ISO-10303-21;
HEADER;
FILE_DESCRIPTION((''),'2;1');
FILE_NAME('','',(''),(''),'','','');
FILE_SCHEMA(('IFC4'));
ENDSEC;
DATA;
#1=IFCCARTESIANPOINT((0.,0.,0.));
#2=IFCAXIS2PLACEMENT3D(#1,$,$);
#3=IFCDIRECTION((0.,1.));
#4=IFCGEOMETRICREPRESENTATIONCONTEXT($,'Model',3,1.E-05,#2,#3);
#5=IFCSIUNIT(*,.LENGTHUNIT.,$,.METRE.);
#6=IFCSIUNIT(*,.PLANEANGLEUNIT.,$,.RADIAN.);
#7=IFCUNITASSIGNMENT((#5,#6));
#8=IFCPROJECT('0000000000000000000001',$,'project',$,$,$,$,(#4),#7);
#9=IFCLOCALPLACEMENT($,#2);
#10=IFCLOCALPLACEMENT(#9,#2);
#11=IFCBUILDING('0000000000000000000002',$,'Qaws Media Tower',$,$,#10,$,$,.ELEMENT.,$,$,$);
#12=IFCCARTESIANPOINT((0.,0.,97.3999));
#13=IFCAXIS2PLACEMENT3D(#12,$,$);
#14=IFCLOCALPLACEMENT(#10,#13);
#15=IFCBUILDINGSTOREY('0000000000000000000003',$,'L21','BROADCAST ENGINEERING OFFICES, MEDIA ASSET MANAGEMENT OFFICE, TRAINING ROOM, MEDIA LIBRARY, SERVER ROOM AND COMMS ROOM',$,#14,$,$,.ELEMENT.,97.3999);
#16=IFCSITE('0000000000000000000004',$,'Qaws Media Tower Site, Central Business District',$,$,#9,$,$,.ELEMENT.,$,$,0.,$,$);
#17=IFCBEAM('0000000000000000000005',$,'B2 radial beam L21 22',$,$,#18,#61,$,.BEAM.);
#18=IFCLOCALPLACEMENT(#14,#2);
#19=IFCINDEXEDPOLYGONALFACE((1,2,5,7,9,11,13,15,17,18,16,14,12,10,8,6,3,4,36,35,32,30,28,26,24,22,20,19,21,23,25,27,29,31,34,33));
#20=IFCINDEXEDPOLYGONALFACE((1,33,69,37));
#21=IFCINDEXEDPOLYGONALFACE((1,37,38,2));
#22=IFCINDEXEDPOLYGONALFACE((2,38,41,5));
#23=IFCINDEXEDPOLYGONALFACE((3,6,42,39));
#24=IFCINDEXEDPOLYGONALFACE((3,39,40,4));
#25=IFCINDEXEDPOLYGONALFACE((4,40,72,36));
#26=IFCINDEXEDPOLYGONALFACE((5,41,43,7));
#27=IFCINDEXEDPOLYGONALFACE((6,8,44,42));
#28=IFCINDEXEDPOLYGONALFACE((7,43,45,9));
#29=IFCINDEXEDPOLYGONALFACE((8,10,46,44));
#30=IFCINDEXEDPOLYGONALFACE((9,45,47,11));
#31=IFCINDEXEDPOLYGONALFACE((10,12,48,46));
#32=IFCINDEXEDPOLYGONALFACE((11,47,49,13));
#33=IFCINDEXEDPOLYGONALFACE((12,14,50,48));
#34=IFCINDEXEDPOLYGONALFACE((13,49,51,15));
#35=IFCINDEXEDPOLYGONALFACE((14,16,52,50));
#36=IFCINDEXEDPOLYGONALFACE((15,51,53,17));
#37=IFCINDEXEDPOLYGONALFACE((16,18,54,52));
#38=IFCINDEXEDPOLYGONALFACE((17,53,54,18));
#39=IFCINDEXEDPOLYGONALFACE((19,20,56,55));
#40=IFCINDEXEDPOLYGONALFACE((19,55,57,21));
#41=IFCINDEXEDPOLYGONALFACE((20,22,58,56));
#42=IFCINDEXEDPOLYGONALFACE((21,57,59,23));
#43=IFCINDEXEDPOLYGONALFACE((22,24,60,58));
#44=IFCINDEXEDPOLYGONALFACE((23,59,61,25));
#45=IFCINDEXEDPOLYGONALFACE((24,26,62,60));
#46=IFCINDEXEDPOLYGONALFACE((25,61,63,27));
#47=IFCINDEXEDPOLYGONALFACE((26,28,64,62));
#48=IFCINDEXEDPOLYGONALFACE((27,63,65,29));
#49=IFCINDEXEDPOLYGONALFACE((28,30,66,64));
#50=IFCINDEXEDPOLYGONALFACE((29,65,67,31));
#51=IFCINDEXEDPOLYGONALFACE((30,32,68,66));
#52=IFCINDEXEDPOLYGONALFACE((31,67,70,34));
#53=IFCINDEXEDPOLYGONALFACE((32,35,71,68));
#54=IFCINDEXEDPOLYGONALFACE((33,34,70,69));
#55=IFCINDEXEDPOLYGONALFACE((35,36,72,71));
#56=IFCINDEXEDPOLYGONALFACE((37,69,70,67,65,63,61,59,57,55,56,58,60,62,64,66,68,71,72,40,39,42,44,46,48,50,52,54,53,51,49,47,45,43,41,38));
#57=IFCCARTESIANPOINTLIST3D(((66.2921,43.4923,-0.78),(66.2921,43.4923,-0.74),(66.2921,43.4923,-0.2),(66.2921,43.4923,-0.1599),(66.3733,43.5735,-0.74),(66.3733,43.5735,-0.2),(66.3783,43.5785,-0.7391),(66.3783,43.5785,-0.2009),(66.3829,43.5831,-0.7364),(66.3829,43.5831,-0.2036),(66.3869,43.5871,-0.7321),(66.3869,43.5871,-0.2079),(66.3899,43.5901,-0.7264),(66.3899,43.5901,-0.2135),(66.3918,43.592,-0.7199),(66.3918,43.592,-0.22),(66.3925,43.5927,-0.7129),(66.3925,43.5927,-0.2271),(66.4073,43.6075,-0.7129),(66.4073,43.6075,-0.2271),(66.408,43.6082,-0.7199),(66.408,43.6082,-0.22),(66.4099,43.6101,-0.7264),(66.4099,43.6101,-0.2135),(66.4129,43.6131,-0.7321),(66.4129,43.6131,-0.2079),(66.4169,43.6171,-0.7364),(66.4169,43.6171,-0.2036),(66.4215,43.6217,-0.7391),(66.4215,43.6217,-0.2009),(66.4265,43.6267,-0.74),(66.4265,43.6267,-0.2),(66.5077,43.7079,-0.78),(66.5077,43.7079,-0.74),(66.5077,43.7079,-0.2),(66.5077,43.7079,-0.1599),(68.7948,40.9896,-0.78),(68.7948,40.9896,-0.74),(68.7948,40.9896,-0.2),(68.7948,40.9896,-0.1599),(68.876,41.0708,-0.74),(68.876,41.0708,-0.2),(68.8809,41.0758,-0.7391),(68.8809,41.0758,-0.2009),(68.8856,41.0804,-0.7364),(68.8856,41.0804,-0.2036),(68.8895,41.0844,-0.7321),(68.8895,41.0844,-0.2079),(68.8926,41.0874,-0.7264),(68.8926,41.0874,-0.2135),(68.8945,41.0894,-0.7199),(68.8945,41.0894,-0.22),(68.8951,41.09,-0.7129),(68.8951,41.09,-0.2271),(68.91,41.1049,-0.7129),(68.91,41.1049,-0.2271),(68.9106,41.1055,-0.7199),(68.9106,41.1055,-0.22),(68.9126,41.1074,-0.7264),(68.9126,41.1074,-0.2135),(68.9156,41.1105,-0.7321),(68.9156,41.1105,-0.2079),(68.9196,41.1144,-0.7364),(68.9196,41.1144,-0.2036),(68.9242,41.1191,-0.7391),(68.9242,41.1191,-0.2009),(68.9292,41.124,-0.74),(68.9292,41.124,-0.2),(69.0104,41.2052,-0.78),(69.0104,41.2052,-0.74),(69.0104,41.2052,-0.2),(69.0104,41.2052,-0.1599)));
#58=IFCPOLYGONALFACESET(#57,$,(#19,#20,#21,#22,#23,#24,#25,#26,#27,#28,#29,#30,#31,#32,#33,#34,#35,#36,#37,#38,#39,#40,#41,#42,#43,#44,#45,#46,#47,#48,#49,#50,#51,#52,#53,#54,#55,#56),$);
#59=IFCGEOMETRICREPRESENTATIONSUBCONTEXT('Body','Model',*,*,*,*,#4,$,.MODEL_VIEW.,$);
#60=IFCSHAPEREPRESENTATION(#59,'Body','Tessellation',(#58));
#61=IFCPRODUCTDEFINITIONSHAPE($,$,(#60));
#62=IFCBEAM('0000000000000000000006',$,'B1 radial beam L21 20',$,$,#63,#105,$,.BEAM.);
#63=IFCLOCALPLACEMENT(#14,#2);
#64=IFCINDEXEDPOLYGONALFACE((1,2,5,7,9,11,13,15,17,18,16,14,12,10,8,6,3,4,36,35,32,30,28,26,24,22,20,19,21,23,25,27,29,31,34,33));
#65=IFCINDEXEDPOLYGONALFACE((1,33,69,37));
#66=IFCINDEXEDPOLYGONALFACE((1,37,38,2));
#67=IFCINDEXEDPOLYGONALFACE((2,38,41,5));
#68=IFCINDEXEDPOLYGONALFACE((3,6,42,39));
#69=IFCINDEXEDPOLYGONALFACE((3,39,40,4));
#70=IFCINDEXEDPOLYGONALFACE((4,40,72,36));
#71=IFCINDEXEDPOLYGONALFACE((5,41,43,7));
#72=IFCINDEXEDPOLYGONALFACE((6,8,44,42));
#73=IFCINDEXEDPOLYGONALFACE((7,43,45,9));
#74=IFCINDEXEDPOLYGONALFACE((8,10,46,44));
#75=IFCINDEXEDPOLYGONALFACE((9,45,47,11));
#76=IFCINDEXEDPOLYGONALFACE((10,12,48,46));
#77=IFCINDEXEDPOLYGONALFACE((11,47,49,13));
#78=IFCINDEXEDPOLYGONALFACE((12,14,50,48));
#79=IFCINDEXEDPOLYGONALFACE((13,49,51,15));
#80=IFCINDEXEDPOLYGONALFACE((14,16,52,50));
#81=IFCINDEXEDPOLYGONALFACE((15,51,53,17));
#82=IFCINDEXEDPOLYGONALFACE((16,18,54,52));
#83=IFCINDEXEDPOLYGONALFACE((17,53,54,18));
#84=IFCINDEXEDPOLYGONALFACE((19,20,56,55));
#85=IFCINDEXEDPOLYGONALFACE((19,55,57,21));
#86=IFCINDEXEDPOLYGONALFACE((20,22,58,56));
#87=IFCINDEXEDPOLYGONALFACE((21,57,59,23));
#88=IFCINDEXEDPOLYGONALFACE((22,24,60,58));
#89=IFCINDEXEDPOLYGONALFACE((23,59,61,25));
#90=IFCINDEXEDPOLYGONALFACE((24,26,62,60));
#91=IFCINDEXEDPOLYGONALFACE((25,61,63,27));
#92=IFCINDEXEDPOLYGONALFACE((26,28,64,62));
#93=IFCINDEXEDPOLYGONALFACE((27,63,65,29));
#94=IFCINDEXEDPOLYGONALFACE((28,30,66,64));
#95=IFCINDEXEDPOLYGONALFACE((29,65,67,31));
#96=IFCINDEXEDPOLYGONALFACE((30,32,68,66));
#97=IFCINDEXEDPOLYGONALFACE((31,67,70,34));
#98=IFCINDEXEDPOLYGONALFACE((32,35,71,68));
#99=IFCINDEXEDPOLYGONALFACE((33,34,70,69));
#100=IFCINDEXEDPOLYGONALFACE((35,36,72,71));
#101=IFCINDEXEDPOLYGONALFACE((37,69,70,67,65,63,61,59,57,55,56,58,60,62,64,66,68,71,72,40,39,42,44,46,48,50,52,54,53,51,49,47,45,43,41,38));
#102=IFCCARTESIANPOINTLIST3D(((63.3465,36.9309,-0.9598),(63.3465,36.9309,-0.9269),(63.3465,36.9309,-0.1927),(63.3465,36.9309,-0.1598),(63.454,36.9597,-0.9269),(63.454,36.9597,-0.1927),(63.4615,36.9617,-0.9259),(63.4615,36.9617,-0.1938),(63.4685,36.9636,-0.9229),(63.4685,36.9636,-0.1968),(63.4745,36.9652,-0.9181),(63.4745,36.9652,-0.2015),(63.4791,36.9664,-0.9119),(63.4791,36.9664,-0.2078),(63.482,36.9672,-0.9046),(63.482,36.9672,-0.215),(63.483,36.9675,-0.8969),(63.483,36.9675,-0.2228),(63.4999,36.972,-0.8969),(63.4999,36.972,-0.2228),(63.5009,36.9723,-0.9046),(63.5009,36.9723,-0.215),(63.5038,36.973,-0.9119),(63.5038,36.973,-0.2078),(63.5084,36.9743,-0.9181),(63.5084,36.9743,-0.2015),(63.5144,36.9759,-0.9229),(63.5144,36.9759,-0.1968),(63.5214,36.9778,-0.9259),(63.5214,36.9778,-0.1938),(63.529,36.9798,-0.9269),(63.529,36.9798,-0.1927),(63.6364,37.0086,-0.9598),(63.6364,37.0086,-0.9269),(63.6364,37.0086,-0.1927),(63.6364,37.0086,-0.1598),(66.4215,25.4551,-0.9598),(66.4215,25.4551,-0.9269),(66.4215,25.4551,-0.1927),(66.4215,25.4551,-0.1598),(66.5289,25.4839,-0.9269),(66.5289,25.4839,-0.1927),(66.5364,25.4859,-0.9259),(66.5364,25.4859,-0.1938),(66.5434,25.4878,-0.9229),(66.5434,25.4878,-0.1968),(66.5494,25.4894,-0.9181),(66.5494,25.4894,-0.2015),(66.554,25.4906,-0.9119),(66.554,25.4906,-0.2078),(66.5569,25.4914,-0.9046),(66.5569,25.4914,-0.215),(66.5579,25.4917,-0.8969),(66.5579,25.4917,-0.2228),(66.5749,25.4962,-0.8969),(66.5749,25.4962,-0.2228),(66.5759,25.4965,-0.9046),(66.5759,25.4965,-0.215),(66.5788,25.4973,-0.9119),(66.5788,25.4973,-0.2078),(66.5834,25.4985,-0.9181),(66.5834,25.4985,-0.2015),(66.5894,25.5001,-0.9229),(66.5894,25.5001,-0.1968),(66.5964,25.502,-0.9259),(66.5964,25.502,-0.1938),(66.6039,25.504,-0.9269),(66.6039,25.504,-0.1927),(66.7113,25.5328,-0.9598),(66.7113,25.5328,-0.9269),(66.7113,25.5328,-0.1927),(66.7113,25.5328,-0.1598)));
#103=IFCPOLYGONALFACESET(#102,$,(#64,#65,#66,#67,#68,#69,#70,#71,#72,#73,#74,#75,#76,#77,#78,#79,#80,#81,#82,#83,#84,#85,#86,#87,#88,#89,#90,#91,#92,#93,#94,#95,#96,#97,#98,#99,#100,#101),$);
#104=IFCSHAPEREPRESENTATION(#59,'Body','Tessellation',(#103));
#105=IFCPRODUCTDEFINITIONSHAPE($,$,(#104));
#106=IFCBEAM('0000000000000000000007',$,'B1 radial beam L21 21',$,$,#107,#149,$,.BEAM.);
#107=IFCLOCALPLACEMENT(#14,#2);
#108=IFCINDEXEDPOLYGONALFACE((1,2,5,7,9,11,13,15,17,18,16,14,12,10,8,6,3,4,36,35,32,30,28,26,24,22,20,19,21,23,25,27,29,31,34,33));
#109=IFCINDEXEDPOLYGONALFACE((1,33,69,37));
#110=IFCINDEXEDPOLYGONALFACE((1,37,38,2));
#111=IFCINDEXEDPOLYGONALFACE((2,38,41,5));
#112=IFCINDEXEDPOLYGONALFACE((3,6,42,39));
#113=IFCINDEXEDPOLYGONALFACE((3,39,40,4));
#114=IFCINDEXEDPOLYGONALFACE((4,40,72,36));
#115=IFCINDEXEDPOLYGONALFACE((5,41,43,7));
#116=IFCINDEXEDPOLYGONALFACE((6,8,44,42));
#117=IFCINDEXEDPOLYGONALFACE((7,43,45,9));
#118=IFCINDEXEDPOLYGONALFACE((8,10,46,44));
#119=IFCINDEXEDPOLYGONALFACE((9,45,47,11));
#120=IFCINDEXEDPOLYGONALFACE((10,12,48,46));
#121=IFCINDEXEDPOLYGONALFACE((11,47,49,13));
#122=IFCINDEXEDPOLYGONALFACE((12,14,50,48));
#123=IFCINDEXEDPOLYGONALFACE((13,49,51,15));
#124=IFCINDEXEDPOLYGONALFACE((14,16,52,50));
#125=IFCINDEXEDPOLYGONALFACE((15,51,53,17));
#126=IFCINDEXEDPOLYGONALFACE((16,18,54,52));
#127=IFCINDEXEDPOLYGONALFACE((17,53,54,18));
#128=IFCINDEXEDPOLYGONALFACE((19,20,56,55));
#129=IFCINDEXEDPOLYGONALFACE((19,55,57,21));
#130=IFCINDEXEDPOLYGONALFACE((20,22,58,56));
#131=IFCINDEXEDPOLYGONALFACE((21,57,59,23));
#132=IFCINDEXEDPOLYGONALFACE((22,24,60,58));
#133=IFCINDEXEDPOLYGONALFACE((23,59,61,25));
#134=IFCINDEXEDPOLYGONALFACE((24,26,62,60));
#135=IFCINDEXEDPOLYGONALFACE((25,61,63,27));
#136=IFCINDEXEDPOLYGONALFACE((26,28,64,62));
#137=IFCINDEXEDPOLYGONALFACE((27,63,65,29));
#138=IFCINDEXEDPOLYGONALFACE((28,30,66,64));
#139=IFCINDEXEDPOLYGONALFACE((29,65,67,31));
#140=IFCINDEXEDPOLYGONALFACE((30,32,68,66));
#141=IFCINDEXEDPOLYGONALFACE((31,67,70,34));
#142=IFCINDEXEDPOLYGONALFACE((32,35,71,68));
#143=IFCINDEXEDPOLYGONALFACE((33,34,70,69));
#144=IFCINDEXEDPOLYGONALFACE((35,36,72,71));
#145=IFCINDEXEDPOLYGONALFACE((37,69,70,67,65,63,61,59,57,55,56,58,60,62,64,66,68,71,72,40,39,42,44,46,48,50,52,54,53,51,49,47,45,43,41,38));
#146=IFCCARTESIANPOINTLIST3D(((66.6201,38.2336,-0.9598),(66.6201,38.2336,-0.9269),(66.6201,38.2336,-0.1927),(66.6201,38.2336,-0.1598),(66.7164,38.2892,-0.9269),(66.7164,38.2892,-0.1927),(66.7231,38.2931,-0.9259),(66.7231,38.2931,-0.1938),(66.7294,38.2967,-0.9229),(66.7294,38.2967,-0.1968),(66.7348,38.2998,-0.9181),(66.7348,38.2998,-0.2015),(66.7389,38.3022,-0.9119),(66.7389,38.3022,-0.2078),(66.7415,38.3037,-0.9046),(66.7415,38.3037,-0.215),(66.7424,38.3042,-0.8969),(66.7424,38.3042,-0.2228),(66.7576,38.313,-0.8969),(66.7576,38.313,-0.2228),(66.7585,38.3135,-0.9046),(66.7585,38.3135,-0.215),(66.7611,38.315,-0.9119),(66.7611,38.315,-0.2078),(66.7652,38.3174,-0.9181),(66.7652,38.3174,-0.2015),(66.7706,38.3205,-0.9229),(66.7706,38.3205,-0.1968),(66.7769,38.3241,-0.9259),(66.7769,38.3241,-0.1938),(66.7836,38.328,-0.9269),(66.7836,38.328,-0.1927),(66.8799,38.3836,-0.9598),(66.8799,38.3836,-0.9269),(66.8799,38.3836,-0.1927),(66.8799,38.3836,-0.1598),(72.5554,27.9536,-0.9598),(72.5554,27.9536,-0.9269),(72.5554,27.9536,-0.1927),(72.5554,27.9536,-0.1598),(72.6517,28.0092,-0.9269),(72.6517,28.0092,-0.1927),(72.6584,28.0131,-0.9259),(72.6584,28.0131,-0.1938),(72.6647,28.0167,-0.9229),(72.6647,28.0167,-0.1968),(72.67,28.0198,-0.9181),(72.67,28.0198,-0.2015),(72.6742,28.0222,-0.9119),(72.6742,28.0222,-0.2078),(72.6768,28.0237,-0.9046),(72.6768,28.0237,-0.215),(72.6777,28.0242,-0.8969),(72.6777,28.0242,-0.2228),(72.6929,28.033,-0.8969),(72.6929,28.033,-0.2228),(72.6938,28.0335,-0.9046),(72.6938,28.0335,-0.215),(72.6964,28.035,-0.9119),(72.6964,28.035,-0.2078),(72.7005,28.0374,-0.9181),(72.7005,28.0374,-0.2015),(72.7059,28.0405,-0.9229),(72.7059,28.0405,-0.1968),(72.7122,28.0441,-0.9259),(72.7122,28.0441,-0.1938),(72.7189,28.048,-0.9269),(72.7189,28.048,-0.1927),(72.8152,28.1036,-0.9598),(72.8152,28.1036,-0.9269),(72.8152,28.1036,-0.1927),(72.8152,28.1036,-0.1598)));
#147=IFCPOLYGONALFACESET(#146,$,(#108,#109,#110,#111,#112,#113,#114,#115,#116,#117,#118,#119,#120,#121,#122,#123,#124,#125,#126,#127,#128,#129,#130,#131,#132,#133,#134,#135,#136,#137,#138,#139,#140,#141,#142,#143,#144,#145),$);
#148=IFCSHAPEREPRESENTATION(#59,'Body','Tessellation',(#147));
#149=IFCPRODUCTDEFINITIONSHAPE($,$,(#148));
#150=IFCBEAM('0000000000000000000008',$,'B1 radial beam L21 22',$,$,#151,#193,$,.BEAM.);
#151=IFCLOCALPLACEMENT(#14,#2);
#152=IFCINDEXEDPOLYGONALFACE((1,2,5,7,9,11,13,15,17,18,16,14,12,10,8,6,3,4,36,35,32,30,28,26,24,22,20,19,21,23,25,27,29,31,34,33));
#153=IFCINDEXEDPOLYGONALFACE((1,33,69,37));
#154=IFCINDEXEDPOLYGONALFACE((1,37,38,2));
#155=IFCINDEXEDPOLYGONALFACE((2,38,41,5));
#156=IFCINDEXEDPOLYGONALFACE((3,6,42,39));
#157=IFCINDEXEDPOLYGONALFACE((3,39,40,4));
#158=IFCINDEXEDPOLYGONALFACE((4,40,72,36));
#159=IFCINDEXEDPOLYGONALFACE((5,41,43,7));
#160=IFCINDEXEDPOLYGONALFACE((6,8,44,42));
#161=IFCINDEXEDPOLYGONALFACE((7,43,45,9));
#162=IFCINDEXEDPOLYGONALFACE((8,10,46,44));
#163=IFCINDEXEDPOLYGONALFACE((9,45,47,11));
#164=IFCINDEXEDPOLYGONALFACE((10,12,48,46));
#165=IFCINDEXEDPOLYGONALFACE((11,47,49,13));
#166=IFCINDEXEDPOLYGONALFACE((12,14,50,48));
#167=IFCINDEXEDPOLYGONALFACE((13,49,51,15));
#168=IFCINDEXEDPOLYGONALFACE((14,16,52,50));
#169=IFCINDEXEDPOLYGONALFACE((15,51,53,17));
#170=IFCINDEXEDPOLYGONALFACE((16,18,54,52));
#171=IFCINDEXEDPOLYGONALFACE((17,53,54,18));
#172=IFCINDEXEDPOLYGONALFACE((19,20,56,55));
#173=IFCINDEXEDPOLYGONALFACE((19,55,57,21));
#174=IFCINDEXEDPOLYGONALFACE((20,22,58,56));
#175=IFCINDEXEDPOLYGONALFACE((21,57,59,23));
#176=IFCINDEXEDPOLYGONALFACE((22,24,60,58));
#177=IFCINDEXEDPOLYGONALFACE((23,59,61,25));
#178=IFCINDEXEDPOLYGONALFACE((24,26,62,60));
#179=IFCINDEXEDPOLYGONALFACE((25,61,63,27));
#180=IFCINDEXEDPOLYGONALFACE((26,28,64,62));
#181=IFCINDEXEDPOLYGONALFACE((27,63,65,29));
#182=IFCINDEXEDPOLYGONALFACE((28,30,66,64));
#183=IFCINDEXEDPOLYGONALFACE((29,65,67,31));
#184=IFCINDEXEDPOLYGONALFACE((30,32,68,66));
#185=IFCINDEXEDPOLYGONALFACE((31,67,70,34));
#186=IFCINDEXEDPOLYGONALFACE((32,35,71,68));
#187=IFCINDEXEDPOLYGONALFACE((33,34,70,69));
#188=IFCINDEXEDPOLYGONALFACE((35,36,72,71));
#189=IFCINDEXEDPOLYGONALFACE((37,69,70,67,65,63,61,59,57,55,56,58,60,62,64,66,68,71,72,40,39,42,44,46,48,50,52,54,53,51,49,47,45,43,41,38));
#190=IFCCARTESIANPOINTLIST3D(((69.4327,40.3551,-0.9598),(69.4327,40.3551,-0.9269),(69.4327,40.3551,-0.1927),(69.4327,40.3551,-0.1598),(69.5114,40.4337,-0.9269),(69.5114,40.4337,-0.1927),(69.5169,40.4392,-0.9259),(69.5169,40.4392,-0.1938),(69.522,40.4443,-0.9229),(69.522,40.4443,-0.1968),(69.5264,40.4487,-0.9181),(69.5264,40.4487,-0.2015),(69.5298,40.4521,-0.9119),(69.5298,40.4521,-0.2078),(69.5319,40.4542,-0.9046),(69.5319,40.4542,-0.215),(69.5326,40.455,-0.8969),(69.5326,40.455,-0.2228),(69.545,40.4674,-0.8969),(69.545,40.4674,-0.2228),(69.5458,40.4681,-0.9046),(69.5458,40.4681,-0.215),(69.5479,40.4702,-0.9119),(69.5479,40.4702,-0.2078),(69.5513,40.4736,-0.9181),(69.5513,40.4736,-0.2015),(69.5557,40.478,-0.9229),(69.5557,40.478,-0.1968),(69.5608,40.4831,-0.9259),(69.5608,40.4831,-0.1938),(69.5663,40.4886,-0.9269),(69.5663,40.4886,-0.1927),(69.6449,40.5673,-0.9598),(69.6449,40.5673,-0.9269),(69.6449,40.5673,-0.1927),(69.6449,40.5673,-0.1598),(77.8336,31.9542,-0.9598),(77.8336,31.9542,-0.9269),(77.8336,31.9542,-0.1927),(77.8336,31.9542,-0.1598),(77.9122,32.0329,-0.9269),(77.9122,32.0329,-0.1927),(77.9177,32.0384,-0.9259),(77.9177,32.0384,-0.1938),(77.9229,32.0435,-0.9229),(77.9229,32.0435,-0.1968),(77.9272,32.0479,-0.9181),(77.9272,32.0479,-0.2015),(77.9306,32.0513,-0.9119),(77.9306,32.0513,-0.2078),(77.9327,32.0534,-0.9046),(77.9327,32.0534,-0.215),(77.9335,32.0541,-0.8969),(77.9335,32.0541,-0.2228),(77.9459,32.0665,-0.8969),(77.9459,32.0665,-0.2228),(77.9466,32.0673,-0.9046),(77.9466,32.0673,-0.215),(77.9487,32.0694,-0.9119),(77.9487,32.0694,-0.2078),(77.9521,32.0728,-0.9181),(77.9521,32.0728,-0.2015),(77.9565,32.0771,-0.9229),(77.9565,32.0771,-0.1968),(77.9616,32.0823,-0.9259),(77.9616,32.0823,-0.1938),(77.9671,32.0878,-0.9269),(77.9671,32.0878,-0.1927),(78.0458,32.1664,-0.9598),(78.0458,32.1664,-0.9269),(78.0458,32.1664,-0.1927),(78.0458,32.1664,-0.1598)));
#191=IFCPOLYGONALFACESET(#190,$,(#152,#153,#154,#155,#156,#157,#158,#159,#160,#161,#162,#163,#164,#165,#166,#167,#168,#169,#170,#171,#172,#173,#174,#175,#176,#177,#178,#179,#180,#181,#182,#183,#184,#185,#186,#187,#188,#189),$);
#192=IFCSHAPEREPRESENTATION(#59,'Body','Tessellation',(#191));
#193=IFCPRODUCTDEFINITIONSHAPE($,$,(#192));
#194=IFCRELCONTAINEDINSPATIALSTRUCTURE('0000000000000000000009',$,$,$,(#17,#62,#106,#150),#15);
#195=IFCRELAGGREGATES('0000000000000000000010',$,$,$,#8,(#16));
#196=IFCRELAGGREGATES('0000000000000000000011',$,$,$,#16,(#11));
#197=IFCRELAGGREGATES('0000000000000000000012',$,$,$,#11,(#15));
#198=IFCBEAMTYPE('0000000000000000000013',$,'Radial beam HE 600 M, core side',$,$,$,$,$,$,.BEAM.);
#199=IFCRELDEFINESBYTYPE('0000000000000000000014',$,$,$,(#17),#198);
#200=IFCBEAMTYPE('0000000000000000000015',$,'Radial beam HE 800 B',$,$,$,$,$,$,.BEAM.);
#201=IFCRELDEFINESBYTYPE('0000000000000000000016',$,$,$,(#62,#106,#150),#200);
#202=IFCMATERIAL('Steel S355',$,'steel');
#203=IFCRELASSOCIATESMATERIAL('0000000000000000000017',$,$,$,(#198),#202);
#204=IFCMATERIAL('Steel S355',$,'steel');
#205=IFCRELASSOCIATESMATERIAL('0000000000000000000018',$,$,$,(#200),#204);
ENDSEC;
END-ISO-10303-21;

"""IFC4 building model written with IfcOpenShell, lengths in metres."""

from ifc_helpers import new_model, si_unit, direction, frame, origin, origin_2d, place, context, subcontext, project, spatial, i_section, extrude, material, material_profile, profile_set, type_object, element, save


model = new_model("IFC4")

# Units and contexts
model_context = context("Model", 3, precision=1e-05, world=origin(), true_north=direction((0.0, 1.0)))
body_context = subcontext(model_context, "Body", "Model", "MODEL_VIEW")
ifc_project = project(units=[si_unit("LENGTHUNIT", "METRE"), si_unit("PLANEANGLEUNIT", "RADIAN")], contexts=[model_context])

# Site, building, storey
site_placement = place(None, origin())
site = spatial("IfcSite", under=ifc_project, at=site_placement, Name="Qaws Media Tower Site, Central Business District", CompositionType="ELEMENT", RefElevation=0.0)
building_placement = place(site_placement, origin())
building = spatial("IfcBuilding", under=site, at=building_placement, Name="Qaws Media Tower", CompositionType="ELEMENT")
storey_placement = place(building_placement, frame((0.0, 0.0, 97.3999)))
storey = spatial("IfcBuildingStorey", under=building, at=storey_placement, Name="L21", Description="BROADCAST ENGINEERING OFFICES, MEDIA ASSET MANAGEMENT OFFICE, TRAINING ROOM, MEDIA LIBRARY, SERVER ROOM AND COMMS ROOM", CompositionType="ELEMENT", Elevation=97.3999)

# Beams
ifc_material_1 = material(Name="Steel S355", Category="steel")
ifc_material_profile_1 = material_profile(ifc_material_1, i_section(OverallWidth=0.3049, OverallDepth=0.6201, WebThickness=0.021, FlangeThickness=0.04, FilletRadius=0.0271, at=origin_2d()), Name="HE 600 M")
ifc_profile_set_1 = profile_set([ifc_material_profile_1], Name="Steel S355")
beam_type_1 = type_object("IfcBeamType", Name="Radial beam HE 600 M, core side", PredefinedType="BEAM", material=ifc_profile_set_1)
beam_1_placement = place(storey_placement, frame((66.3999, 43.6001, -0.47), z_axis=(0.707107, -0.707107, 0.0), x_axis=(0.707107, 0.707107, 0.0)))
element("IfcBeam", 1, at=beam_1_placement, inside=storey, type_object=beam_type_1, Name="B2 radial beam L21 22", PredefinedType="BEAM", context=body_context, shape_type="SweptSolid", body=[
    extrude(i_section(OverallWidth=0.3049, OverallDepth=0.6201, WebThickness=0.021, FlangeThickness=0.04, FilletRadius=0.0271, at=origin_2d()), origin(), (0.0, 0.0, 1.0), 3.5393),
])
ifc_material_2 = material(Name="Steel S355", Category="steel")
ifc_material_profile_2 = material_profile(ifc_material_2, i_section(OverallWidth=0.3, OverallDepth=0.8, WebThickness=0.0176, FlangeThickness=0.033, FilletRadius=0.03, at=origin_2d()), Name="HE 800 B")
ifc_profile_set_2 = profile_set([ifc_material_profile_2], Name="Steel S355")
beam_type_2 = type_object("IfcBeamType", Name="Radial beam HE 800 B", PredefinedType="BEAM", material=ifc_profile_set_2)
beam_2_placement = place(storey_placement, frame((63.4915, 36.9697, -0.5598), z_axis=(0.25882, -0.965926, 0.0), x_axis=(0.965926, 0.25882, 0.0)))
element("IfcBeam", 2, at=beam_2_placement, inside=storey, type_object=beam_type_2, Name="B1 radial beam L21 20", PredefinedType="BEAM", context=body_context, shape_type="SweptSolid", body=[
    extrude(i_section(OverallWidth=0.3, OverallDepth=0.8, WebThickness=0.0176, FlangeThickness=0.033, FilletRadius=0.03, at=origin_2d()), origin(), (0.0, 0.0, 1.0), 11.8806),
])
beam_3_placement = place(storey_placement, frame((66.75, 38.3086, -0.5598), z_axis=(0.500008, -0.866021, 0.0), x_axis=(0.866021, 0.500008, 0.0)))
element("IfcBeam", 3, at=beam_3_placement, inside=storey, type_object=beam_type_2, Name="B1 radial beam L21 21", PredefinedType="BEAM", context=body_context, shape_type="SweptSolid", body=[
    extrude(i_section(OverallWidth=0.3, OverallDepth=0.8, WebThickness=0.0176, FlangeThickness=0.033, FilletRadius=0.03, at=origin_2d()), origin(), (0.0, 0.0, 1.0), 11.8704),
])
beam_4_placement = place(storey_placement, frame((69.5388, 40.4612, -0.5598), z_axis=(0.707107, -0.707107, 0.0), x_axis=(0.707107, 0.707107, 0.0)))
element("IfcBeam", 4, at=beam_4_placement, inside=storey, type_object=beam_type_2, Name="B1 radial beam L21 22", PredefinedType="BEAM", context=body_context, shape_type="SweptSolid", body=[
    extrude(i_section(OverallWidth=0.3, OverallDepth=0.8, WebThickness=0.0176, FlangeThickness=0.033, FilletRadius=0.03, at=origin_2d()), origin(), (0.0, 0.0, 1.0), 11.8806),
])

save(model, "model.ifc")
